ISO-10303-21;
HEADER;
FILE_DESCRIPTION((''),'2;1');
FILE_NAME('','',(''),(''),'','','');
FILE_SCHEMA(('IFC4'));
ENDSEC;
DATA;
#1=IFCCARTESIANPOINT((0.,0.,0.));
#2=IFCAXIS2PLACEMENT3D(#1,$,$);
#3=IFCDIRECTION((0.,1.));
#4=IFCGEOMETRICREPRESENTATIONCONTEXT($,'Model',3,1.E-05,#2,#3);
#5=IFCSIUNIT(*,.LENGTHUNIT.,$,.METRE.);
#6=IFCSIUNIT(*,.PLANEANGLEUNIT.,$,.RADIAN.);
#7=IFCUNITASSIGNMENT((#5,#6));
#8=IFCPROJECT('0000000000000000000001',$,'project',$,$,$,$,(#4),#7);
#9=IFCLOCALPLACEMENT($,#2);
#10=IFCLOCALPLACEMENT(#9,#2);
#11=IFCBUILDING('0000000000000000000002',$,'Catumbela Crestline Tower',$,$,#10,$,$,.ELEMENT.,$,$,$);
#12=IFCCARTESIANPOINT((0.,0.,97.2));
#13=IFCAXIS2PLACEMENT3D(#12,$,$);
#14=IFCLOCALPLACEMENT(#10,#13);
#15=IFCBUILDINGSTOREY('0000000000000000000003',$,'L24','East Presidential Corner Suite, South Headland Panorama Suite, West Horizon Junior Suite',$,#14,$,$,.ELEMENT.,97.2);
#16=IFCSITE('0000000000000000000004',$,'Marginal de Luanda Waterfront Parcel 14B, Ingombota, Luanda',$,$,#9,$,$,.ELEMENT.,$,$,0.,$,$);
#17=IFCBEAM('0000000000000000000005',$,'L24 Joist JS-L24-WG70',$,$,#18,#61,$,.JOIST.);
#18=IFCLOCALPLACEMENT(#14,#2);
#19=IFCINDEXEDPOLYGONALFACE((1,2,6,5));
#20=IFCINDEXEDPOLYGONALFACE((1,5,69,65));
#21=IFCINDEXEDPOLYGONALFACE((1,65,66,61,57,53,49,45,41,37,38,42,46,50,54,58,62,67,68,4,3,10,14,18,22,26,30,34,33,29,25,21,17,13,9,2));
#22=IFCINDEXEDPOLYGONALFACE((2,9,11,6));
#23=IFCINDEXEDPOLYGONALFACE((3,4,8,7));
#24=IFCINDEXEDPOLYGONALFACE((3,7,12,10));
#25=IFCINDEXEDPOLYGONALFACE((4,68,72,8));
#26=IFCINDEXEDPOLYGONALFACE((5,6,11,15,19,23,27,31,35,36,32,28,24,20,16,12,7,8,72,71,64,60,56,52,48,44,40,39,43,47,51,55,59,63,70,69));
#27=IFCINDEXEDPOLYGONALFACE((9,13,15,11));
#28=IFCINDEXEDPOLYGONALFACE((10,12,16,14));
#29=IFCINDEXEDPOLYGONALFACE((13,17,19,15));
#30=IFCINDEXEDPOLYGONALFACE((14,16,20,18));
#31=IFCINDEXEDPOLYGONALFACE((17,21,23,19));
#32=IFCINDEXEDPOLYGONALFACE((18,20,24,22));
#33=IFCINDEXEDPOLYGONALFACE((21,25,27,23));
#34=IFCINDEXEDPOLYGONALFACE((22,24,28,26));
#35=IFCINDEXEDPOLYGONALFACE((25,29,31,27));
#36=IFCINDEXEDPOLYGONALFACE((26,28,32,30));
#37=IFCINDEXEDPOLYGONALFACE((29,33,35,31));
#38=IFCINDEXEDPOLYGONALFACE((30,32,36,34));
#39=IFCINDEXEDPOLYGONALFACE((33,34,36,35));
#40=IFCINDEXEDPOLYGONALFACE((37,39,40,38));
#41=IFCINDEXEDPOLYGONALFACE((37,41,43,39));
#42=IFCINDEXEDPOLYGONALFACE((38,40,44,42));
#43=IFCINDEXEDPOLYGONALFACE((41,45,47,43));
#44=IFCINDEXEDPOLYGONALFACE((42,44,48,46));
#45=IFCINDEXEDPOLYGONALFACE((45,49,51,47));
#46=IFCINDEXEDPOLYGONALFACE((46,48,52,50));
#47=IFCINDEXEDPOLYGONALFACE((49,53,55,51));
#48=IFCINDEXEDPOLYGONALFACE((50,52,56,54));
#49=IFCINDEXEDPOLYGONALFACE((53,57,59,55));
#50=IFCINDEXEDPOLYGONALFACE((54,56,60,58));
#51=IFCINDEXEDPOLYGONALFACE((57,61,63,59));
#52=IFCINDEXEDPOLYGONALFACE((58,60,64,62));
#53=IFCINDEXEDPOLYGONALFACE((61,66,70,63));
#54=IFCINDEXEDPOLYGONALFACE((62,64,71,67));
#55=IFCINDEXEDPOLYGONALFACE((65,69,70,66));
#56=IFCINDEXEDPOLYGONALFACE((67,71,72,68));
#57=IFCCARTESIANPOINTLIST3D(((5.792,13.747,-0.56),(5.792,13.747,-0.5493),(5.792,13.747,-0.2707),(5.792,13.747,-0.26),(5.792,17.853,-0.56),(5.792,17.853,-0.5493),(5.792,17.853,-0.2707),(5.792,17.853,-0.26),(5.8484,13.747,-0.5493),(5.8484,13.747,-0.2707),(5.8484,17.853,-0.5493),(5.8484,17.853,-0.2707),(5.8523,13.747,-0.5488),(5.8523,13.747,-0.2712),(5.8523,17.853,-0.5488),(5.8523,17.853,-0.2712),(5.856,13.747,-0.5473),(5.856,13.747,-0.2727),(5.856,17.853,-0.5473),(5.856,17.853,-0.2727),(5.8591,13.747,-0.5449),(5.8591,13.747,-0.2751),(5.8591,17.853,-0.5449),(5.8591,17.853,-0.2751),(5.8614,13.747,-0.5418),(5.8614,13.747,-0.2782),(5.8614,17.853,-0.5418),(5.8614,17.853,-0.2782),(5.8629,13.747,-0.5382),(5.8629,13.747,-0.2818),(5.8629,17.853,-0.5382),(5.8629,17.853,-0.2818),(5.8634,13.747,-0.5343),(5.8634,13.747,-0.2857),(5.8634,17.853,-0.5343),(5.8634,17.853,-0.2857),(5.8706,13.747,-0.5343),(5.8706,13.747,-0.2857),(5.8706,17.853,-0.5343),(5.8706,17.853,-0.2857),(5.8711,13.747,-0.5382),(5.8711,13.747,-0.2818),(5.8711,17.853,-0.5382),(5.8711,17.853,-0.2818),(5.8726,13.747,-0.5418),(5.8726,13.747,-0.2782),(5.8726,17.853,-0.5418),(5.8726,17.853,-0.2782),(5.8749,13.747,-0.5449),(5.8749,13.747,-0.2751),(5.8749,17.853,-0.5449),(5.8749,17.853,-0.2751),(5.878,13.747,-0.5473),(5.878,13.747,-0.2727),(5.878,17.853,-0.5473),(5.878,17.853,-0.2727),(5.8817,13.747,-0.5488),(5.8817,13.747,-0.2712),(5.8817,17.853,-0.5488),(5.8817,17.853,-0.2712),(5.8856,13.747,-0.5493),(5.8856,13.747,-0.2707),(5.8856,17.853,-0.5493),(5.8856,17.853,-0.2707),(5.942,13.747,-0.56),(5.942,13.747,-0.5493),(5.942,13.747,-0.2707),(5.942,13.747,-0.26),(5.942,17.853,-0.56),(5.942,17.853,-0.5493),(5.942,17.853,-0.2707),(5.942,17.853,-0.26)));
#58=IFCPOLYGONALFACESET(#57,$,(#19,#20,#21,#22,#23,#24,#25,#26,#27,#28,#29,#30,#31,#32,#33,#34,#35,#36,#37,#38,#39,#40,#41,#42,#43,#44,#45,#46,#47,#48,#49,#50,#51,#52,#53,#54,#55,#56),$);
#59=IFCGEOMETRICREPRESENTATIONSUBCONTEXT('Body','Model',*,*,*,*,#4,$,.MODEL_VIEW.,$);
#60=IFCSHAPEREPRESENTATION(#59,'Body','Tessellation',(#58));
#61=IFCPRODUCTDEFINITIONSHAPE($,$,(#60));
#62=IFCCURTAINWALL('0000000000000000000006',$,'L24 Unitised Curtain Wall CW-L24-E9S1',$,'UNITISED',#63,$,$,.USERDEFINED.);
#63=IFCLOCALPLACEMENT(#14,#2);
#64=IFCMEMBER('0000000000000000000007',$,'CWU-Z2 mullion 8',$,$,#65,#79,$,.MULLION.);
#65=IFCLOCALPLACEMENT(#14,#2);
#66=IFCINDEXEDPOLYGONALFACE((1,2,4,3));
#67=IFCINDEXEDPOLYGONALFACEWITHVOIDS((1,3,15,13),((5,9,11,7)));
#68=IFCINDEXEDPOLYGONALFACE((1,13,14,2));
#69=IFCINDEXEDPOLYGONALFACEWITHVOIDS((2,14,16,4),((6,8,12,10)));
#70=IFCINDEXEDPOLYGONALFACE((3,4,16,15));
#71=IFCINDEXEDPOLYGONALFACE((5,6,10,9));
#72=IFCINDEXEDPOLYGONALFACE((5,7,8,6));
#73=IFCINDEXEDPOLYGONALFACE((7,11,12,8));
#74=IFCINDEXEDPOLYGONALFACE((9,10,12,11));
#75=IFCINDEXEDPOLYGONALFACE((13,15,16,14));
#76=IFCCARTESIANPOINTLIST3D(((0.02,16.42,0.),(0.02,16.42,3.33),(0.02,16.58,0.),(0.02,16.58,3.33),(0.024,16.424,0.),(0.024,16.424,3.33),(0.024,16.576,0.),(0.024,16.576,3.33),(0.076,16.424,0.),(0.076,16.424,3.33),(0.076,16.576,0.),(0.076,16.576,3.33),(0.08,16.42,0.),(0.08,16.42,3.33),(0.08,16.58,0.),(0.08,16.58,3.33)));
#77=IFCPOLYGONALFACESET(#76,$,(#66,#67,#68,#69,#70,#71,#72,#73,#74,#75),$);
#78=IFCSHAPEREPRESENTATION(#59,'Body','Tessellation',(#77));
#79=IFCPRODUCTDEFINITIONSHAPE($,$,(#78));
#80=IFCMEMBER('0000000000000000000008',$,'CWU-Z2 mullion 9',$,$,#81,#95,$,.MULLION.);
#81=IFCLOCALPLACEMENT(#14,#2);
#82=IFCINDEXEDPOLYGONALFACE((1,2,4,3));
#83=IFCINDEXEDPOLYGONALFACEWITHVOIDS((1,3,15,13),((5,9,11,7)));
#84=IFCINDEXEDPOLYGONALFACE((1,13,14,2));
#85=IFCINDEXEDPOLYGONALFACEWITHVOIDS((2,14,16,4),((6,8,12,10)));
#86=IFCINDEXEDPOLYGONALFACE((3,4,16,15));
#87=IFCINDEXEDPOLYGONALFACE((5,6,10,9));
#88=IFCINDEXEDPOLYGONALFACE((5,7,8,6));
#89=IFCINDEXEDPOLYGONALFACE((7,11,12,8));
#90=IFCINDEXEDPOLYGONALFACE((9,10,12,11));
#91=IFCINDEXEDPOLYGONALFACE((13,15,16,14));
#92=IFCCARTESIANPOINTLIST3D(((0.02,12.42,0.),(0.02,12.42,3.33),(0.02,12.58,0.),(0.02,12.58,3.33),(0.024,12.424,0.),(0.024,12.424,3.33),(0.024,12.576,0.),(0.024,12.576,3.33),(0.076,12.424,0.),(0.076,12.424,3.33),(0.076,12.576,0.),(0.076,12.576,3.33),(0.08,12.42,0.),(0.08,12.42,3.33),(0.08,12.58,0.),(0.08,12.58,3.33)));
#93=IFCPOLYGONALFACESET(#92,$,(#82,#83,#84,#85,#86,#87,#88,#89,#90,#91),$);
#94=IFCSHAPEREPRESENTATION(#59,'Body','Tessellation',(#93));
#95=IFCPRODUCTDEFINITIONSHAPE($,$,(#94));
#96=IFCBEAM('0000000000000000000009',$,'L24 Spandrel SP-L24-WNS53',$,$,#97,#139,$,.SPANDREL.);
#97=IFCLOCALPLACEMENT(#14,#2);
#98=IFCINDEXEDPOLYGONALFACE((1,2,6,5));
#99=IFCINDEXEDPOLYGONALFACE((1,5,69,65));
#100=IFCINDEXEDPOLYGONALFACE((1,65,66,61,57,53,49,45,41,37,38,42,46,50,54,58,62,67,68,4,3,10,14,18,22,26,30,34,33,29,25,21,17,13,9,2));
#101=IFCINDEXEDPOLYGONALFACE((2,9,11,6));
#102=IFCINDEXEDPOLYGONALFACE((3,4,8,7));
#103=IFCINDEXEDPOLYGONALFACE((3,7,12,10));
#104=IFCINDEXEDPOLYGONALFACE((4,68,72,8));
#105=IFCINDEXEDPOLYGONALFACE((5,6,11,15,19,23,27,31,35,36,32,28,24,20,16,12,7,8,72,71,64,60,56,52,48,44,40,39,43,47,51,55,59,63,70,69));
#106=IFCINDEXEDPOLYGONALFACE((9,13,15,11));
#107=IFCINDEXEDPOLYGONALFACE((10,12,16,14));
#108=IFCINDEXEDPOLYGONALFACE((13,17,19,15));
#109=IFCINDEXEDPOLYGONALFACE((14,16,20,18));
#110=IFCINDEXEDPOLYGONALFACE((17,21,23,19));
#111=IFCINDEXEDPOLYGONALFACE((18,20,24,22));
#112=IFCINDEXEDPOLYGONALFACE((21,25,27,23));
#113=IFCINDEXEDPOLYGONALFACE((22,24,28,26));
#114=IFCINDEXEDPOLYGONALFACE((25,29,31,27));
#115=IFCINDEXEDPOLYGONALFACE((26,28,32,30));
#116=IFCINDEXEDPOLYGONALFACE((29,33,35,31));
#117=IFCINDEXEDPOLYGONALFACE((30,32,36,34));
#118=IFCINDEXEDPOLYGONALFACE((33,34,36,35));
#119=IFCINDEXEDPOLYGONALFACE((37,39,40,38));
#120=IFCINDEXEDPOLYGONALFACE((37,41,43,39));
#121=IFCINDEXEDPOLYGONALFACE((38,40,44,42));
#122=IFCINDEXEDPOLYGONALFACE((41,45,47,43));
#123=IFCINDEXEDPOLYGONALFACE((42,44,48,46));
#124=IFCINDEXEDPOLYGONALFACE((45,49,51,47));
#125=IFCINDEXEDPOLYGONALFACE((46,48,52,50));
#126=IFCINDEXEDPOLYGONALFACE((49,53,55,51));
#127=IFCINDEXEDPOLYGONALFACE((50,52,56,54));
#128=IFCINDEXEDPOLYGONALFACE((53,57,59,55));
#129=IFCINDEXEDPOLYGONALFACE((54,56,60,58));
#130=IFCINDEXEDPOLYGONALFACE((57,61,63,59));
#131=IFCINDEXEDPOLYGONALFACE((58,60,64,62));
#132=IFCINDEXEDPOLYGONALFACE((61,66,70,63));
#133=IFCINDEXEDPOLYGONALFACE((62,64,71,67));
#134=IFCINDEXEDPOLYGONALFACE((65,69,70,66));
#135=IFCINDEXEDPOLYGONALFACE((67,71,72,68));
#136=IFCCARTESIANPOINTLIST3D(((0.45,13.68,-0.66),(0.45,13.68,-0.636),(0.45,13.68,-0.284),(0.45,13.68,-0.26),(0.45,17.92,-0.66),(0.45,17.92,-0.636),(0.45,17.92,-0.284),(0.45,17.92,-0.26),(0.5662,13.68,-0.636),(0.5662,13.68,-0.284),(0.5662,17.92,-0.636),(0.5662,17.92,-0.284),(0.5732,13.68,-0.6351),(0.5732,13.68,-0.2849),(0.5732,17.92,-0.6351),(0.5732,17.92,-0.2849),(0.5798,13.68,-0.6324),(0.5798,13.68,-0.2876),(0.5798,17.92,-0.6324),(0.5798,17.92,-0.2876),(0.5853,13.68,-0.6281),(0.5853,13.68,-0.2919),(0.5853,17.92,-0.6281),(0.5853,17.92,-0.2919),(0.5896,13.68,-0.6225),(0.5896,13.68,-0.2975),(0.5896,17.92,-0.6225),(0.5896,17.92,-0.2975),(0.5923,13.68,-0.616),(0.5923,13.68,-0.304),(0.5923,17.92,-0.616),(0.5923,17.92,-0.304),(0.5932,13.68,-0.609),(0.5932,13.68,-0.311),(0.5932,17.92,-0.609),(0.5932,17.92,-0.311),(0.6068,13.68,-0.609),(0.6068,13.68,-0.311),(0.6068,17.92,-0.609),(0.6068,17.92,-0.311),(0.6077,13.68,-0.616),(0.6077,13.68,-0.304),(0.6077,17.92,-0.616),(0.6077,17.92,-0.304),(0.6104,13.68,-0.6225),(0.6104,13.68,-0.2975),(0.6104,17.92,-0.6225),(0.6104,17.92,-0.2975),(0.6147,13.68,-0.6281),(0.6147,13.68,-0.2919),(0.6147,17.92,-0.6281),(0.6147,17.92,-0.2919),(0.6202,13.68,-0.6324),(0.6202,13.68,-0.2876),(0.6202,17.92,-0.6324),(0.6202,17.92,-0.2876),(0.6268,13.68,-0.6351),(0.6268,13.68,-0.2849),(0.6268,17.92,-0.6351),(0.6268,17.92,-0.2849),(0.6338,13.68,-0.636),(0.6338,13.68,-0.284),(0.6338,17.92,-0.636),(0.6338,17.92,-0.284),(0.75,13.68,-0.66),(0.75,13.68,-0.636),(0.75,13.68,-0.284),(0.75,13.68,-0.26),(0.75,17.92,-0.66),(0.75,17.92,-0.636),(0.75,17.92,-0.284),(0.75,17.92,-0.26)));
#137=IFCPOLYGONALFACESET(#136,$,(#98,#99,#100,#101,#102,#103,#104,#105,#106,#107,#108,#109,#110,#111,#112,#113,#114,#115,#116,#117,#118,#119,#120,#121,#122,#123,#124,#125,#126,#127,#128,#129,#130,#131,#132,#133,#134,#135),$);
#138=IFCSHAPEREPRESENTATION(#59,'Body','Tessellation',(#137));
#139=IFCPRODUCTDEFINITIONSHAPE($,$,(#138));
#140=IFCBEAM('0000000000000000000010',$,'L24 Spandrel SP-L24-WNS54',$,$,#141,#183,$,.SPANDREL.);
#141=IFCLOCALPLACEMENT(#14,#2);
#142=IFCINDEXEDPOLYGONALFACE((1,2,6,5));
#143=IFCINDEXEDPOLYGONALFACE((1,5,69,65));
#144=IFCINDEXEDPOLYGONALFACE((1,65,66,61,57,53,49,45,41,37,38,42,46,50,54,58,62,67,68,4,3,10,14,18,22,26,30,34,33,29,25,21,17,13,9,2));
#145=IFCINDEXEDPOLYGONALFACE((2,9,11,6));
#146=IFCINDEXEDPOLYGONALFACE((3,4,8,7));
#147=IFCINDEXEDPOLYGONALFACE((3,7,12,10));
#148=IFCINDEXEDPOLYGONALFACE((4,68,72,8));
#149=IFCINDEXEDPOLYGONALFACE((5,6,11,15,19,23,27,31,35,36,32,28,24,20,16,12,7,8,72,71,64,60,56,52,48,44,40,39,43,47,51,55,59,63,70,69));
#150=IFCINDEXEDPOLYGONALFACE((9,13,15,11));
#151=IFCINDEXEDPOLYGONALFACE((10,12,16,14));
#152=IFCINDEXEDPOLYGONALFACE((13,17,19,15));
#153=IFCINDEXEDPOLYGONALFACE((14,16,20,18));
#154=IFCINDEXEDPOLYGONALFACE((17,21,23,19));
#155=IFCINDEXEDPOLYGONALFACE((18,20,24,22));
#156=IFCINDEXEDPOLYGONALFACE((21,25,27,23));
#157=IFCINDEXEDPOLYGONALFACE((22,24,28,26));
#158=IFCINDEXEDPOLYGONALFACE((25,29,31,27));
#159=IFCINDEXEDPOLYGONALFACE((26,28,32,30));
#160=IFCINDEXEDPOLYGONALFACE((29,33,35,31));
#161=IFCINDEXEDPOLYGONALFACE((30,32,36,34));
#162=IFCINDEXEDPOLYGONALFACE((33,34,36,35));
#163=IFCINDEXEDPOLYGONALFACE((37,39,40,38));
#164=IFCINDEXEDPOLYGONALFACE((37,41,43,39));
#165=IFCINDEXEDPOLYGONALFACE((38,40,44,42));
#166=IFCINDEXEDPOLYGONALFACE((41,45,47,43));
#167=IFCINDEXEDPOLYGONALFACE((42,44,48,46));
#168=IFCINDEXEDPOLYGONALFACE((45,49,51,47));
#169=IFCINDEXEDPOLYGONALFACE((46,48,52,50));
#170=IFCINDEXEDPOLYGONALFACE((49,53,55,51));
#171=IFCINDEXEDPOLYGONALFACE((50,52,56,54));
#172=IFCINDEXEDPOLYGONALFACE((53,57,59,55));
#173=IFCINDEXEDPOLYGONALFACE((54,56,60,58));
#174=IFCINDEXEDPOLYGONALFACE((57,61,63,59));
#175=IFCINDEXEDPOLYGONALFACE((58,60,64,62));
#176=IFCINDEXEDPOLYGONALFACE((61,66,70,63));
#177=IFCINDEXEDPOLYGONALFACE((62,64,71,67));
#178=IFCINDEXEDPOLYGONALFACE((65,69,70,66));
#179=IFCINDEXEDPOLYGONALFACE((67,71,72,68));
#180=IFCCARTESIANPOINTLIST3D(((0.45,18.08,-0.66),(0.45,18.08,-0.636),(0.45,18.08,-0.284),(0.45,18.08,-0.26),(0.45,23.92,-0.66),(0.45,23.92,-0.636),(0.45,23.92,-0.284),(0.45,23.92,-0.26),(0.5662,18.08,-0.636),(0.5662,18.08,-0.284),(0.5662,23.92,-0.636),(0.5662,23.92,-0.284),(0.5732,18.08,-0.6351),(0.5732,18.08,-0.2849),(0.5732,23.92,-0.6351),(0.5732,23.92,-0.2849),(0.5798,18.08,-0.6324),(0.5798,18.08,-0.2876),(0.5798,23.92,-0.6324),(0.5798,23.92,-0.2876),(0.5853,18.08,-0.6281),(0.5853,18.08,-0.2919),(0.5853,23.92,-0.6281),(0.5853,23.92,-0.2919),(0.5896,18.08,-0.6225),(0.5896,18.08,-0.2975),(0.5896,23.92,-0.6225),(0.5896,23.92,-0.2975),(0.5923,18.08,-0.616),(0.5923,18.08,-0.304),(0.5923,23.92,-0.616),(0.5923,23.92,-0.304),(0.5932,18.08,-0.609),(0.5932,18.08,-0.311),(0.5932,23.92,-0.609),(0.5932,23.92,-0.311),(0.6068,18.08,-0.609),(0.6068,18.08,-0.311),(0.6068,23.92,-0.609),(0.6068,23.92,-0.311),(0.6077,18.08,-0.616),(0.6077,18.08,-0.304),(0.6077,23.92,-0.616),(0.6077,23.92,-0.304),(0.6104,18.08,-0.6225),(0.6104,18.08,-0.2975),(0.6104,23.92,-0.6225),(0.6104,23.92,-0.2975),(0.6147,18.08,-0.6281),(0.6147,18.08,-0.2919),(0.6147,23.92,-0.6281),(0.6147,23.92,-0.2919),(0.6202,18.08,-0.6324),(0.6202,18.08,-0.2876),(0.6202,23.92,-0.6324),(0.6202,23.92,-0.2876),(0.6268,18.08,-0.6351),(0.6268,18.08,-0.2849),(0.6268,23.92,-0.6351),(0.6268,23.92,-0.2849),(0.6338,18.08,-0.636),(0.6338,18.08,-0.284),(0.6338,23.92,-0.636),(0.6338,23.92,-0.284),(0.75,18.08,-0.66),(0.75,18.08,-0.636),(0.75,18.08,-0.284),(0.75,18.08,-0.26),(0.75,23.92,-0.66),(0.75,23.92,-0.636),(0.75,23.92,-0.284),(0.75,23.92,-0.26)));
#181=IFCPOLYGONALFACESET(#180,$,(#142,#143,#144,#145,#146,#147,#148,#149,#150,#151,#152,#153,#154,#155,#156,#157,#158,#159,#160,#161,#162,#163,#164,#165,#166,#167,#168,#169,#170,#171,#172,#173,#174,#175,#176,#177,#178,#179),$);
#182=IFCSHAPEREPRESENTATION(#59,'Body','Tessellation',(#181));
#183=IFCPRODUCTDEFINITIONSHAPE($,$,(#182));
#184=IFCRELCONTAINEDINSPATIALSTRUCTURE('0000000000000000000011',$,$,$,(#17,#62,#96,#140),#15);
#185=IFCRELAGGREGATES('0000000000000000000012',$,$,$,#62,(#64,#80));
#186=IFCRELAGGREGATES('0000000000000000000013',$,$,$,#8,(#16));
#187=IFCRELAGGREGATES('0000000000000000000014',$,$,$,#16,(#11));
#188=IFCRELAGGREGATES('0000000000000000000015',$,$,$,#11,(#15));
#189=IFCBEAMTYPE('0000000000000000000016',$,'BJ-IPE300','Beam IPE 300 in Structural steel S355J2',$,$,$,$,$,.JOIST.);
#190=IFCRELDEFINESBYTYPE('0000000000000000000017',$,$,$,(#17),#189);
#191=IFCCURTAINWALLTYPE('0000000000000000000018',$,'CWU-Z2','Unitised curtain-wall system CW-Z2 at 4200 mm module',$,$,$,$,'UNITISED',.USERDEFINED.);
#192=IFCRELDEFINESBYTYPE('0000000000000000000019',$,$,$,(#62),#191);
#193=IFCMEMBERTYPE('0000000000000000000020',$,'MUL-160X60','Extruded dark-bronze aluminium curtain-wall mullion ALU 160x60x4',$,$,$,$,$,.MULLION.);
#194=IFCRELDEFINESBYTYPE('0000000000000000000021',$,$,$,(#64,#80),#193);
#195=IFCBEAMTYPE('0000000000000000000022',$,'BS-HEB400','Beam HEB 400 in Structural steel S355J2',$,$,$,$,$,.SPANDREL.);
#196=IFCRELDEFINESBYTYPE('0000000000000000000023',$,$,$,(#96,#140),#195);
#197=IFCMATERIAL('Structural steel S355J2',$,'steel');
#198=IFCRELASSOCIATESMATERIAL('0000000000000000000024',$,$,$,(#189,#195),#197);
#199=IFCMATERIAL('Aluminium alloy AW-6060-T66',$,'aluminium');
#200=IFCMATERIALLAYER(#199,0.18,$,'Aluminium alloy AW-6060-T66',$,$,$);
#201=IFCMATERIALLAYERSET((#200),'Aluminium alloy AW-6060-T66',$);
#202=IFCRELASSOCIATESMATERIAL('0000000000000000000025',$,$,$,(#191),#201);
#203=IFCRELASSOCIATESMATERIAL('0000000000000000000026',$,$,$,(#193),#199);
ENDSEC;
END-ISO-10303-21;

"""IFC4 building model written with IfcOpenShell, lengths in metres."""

from ifc_helpers import new_model, si_unit, direction, frame, origin, origin_2d, place, context, subcontext, project, spatial, hollow_rectangle, i_section, extrude, material, layer, layer_set, material_profile, profile_set, type_object, element, aggregate, save


model = new_model("IFC4")

# Units and contexts
model_context = context("Model", 3, precision=1e-05, world=origin(), true_north=direction((0.0, 1.0)))
body_context = subcontext(model_context, "Body", "Model", "MODEL_VIEW")
ifc_project = project(units=[si_unit("LENGTHUNIT", "METRE"), si_unit("PLANEANGLEUNIT", "RADIAN")], contexts=[model_context])

# Site, building, storey
site_placement = place(None, origin())
site = spatial("IfcSite", under=ifc_project, at=site_placement, Name="Marginal de Luanda Waterfront Parcel 14B, Ingombota, Luanda", CompositionType="ELEMENT", RefElevation=0.0)
building_placement = place(site_placement, origin())
building = spatial("IfcBuilding", under=site, at=building_placement, Name="Catumbela Crestline Tower", CompositionType="ELEMENT")
storey_placement = place(building_placement, frame((0.0, 0.0, 97.2)))
storey = spatial("IfcBuildingStorey", under=building, at=storey_placement, Name="L24", Description="East Presidential Corner Suite, South Headland Panorama Suite, West Horizon Junior Suite", CompositionType="ELEMENT", Elevation=97.2)

# Beam
ifc_material_1 = material(Name="Structural steel S355J2", Category="steel")
ifc_material_profile_1 = material_profile(ifc_material_1, i_section(OverallWidth=0.15, OverallDepth=0.3, WebThickness=0.0071, FlangeThickness=0.0107, FilletRadius=0.015, at=origin_2d()), Name="IPE 300")
ifc_profile_set_1 = profile_set([ifc_material_profile_1], Name="Structural steel S355J2")
beam_type_1 = type_object("IfcBeamType", Name="BJ-IPE300", Description="Beam IPE 300 in Structural steel S355J2", PredefinedType="JOIST", material=ifc_profile_set_1)
for number, where, z_axis, x_axis, name in (
    (1, (5.867, 13.747, -0.41), (0.0, 1.0, 0.0), (-1.0, 0.0, 0.0), "L24 Joist JS-L24-WG70"),
):
    element("IfcBeam", number, at=place(storey_placement, frame(where, z_axis=z_axis, x_axis=x_axis)), inside=storey, type_object=beam_type_1, Name=name, PredefinedType="JOIST", context=body_context, shape_type="SweptSolid", body=[
        extrude(i_section(OverallWidth=0.15, OverallDepth=0.3, WebThickness=0.0071, FlangeThickness=0.0107, FilletRadius=0.015, at=origin_2d()), origin(), (0.0, 0.0, 1.0), 4.106),
    ])

# Curtain wall, members
ifc_material_2 = material(Name="Aluminium alloy AW-6060-T66", Category="aluminium")
ifc_layer_1 = layer(ifc_material_2, 0.18, Name="Aluminium alloy AW-6060-T66")
ifc_layer_set_1 = layer_set([ifc_layer_1], Name="Aluminium alloy AW-6060-T66")
curtain_wall_type = type_object("IfcCurtainWallType", Name="CWU-Z2", Description="Unitised curtain-wall system CW-Z2 at 4200 mm module", ElementType="UNITISED", PredefinedType="USERDEFINED", material=ifc_layer_set_1)
curtain_wall_placement = place(storey_placement, origin())
curtain_wall = element("IfcCurtainWall", 2, at=curtain_wall_placement, inside=storey, type_object=curtain_wall_type, Name="L24 Unitised Curtain Wall CW-L24-E9S1", ObjectType="UNITISED", PredefinedType="USERDEFINED")
ifc_material_profile_2 = material_profile(ifc_material_2, hollow_rectangle(XDim=0.06, YDim=0.16, WallThickness=0.004, at=origin_2d()), Name="ALU 160x60x4")
ifc_profile_set_2 = profile_set([ifc_material_profile_2], Name="Aluminium alloy AW-6060-T66")
member_type_1 = type_object("IfcMemberType", Name="MUL-160X60", Description="Extruded dark-bronze aluminium curtain-wall mullion ALU 160x60x4", PredefinedType="MULLION", material=ifc_profile_set_2)
member_1_placement = place(storey_placement, frame((0.05, 16.5, 0.0), z_axis=(0.0, 0.0, 1.0), x_axis=(1.0, 0.0, 0.0)))
member_1 = element("IfcMember", 3, at=member_1_placement, type_object=member_type_1, Name="CWU-Z2 mullion 8", PredefinedType="MULLION", context=body_context, shape_type="SweptSolid", body=[
    extrude(hollow_rectangle(XDim=0.06, YDim=0.16, WallThickness=0.004, at=origin_2d()), origin(), (0.0, 0.0, 1.0), 3.33),
])
member_2_placement = place(storey_placement, frame((0.05, 12.5, 0.0), z_axis=(0.0, 0.0, 1.0), x_axis=(1.0, 0.0, 0.0)))
member_2 = element("IfcMember", 4, at=member_2_placement, type_object=member_type_1, Name="CWU-Z2 mullion 9", PredefinedType="MULLION", context=body_context, shape_type="SweptSolid", body=[
    extrude(hollow_rectangle(XDim=0.06, YDim=0.16, WallThickness=0.004, at=origin_2d()), origin(), (0.0, 0.0, 1.0), 3.33),
])

# Beams
ifc_material_profile_3 = material_profile(ifc_material_1, i_section(OverallWidth=0.3, OverallDepth=0.4, WebThickness=0.0135, FlangeThickness=0.024, FilletRadius=0.027, at=origin_2d()), Name="HEB 400")
ifc_profile_set_3 = profile_set([ifc_material_profile_3], Name="Structural steel S355J2")
beam_type_2 = type_object("IfcBeamType", Name="BS-HEB400", Description="Beam HEB 400 in Structural steel S355J2", PredefinedType="SPANDREL", material=ifc_profile_set_3)
beam_1_placement = place(storey_placement, frame((0.6, 13.68, -0.46), z_axis=(0.0, 1.0, 0.0), x_axis=(-1.0, 0.0, 0.0)))
element("IfcBeam", 5, at=beam_1_placement, inside=storey, type_object=beam_type_2, Name="L24 Spandrel SP-L24-WNS53", PredefinedType="SPANDREL", context=body_context, shape_type="SweptSolid", body=[
    extrude(i_section(OverallWidth=0.3, OverallDepth=0.4, WebThickness=0.0135, FlangeThickness=0.024, FilletRadius=0.027, at=origin_2d()), origin(), (0.0, 0.0, 1.0), 4.24),
])
beam_2_placement = place(storey_placement, frame((0.6, 18.08, -0.46), z_axis=(0.0, 1.0, 0.0), x_axis=(-1.0, 0.0, 0.0)))
element("IfcBeam", 6, at=beam_2_placement, inside=storey, type_object=beam_type_2, Name="L24 Spandrel SP-L24-WNS54", PredefinedType="SPANDREL", context=body_context, shape_type="SweptSolid", body=[
    extrude(i_section(OverallWidth=0.3, OverallDepth=0.4, WebThickness=0.0135, FlangeThickness=0.024, FilletRadius=0.027, at=origin_2d()), origin(), (0.0, 0.0, 1.0), 5.84),
])

aggregate(curtain_wall, [member_1, member_2])

save(model, "model.ifc")
